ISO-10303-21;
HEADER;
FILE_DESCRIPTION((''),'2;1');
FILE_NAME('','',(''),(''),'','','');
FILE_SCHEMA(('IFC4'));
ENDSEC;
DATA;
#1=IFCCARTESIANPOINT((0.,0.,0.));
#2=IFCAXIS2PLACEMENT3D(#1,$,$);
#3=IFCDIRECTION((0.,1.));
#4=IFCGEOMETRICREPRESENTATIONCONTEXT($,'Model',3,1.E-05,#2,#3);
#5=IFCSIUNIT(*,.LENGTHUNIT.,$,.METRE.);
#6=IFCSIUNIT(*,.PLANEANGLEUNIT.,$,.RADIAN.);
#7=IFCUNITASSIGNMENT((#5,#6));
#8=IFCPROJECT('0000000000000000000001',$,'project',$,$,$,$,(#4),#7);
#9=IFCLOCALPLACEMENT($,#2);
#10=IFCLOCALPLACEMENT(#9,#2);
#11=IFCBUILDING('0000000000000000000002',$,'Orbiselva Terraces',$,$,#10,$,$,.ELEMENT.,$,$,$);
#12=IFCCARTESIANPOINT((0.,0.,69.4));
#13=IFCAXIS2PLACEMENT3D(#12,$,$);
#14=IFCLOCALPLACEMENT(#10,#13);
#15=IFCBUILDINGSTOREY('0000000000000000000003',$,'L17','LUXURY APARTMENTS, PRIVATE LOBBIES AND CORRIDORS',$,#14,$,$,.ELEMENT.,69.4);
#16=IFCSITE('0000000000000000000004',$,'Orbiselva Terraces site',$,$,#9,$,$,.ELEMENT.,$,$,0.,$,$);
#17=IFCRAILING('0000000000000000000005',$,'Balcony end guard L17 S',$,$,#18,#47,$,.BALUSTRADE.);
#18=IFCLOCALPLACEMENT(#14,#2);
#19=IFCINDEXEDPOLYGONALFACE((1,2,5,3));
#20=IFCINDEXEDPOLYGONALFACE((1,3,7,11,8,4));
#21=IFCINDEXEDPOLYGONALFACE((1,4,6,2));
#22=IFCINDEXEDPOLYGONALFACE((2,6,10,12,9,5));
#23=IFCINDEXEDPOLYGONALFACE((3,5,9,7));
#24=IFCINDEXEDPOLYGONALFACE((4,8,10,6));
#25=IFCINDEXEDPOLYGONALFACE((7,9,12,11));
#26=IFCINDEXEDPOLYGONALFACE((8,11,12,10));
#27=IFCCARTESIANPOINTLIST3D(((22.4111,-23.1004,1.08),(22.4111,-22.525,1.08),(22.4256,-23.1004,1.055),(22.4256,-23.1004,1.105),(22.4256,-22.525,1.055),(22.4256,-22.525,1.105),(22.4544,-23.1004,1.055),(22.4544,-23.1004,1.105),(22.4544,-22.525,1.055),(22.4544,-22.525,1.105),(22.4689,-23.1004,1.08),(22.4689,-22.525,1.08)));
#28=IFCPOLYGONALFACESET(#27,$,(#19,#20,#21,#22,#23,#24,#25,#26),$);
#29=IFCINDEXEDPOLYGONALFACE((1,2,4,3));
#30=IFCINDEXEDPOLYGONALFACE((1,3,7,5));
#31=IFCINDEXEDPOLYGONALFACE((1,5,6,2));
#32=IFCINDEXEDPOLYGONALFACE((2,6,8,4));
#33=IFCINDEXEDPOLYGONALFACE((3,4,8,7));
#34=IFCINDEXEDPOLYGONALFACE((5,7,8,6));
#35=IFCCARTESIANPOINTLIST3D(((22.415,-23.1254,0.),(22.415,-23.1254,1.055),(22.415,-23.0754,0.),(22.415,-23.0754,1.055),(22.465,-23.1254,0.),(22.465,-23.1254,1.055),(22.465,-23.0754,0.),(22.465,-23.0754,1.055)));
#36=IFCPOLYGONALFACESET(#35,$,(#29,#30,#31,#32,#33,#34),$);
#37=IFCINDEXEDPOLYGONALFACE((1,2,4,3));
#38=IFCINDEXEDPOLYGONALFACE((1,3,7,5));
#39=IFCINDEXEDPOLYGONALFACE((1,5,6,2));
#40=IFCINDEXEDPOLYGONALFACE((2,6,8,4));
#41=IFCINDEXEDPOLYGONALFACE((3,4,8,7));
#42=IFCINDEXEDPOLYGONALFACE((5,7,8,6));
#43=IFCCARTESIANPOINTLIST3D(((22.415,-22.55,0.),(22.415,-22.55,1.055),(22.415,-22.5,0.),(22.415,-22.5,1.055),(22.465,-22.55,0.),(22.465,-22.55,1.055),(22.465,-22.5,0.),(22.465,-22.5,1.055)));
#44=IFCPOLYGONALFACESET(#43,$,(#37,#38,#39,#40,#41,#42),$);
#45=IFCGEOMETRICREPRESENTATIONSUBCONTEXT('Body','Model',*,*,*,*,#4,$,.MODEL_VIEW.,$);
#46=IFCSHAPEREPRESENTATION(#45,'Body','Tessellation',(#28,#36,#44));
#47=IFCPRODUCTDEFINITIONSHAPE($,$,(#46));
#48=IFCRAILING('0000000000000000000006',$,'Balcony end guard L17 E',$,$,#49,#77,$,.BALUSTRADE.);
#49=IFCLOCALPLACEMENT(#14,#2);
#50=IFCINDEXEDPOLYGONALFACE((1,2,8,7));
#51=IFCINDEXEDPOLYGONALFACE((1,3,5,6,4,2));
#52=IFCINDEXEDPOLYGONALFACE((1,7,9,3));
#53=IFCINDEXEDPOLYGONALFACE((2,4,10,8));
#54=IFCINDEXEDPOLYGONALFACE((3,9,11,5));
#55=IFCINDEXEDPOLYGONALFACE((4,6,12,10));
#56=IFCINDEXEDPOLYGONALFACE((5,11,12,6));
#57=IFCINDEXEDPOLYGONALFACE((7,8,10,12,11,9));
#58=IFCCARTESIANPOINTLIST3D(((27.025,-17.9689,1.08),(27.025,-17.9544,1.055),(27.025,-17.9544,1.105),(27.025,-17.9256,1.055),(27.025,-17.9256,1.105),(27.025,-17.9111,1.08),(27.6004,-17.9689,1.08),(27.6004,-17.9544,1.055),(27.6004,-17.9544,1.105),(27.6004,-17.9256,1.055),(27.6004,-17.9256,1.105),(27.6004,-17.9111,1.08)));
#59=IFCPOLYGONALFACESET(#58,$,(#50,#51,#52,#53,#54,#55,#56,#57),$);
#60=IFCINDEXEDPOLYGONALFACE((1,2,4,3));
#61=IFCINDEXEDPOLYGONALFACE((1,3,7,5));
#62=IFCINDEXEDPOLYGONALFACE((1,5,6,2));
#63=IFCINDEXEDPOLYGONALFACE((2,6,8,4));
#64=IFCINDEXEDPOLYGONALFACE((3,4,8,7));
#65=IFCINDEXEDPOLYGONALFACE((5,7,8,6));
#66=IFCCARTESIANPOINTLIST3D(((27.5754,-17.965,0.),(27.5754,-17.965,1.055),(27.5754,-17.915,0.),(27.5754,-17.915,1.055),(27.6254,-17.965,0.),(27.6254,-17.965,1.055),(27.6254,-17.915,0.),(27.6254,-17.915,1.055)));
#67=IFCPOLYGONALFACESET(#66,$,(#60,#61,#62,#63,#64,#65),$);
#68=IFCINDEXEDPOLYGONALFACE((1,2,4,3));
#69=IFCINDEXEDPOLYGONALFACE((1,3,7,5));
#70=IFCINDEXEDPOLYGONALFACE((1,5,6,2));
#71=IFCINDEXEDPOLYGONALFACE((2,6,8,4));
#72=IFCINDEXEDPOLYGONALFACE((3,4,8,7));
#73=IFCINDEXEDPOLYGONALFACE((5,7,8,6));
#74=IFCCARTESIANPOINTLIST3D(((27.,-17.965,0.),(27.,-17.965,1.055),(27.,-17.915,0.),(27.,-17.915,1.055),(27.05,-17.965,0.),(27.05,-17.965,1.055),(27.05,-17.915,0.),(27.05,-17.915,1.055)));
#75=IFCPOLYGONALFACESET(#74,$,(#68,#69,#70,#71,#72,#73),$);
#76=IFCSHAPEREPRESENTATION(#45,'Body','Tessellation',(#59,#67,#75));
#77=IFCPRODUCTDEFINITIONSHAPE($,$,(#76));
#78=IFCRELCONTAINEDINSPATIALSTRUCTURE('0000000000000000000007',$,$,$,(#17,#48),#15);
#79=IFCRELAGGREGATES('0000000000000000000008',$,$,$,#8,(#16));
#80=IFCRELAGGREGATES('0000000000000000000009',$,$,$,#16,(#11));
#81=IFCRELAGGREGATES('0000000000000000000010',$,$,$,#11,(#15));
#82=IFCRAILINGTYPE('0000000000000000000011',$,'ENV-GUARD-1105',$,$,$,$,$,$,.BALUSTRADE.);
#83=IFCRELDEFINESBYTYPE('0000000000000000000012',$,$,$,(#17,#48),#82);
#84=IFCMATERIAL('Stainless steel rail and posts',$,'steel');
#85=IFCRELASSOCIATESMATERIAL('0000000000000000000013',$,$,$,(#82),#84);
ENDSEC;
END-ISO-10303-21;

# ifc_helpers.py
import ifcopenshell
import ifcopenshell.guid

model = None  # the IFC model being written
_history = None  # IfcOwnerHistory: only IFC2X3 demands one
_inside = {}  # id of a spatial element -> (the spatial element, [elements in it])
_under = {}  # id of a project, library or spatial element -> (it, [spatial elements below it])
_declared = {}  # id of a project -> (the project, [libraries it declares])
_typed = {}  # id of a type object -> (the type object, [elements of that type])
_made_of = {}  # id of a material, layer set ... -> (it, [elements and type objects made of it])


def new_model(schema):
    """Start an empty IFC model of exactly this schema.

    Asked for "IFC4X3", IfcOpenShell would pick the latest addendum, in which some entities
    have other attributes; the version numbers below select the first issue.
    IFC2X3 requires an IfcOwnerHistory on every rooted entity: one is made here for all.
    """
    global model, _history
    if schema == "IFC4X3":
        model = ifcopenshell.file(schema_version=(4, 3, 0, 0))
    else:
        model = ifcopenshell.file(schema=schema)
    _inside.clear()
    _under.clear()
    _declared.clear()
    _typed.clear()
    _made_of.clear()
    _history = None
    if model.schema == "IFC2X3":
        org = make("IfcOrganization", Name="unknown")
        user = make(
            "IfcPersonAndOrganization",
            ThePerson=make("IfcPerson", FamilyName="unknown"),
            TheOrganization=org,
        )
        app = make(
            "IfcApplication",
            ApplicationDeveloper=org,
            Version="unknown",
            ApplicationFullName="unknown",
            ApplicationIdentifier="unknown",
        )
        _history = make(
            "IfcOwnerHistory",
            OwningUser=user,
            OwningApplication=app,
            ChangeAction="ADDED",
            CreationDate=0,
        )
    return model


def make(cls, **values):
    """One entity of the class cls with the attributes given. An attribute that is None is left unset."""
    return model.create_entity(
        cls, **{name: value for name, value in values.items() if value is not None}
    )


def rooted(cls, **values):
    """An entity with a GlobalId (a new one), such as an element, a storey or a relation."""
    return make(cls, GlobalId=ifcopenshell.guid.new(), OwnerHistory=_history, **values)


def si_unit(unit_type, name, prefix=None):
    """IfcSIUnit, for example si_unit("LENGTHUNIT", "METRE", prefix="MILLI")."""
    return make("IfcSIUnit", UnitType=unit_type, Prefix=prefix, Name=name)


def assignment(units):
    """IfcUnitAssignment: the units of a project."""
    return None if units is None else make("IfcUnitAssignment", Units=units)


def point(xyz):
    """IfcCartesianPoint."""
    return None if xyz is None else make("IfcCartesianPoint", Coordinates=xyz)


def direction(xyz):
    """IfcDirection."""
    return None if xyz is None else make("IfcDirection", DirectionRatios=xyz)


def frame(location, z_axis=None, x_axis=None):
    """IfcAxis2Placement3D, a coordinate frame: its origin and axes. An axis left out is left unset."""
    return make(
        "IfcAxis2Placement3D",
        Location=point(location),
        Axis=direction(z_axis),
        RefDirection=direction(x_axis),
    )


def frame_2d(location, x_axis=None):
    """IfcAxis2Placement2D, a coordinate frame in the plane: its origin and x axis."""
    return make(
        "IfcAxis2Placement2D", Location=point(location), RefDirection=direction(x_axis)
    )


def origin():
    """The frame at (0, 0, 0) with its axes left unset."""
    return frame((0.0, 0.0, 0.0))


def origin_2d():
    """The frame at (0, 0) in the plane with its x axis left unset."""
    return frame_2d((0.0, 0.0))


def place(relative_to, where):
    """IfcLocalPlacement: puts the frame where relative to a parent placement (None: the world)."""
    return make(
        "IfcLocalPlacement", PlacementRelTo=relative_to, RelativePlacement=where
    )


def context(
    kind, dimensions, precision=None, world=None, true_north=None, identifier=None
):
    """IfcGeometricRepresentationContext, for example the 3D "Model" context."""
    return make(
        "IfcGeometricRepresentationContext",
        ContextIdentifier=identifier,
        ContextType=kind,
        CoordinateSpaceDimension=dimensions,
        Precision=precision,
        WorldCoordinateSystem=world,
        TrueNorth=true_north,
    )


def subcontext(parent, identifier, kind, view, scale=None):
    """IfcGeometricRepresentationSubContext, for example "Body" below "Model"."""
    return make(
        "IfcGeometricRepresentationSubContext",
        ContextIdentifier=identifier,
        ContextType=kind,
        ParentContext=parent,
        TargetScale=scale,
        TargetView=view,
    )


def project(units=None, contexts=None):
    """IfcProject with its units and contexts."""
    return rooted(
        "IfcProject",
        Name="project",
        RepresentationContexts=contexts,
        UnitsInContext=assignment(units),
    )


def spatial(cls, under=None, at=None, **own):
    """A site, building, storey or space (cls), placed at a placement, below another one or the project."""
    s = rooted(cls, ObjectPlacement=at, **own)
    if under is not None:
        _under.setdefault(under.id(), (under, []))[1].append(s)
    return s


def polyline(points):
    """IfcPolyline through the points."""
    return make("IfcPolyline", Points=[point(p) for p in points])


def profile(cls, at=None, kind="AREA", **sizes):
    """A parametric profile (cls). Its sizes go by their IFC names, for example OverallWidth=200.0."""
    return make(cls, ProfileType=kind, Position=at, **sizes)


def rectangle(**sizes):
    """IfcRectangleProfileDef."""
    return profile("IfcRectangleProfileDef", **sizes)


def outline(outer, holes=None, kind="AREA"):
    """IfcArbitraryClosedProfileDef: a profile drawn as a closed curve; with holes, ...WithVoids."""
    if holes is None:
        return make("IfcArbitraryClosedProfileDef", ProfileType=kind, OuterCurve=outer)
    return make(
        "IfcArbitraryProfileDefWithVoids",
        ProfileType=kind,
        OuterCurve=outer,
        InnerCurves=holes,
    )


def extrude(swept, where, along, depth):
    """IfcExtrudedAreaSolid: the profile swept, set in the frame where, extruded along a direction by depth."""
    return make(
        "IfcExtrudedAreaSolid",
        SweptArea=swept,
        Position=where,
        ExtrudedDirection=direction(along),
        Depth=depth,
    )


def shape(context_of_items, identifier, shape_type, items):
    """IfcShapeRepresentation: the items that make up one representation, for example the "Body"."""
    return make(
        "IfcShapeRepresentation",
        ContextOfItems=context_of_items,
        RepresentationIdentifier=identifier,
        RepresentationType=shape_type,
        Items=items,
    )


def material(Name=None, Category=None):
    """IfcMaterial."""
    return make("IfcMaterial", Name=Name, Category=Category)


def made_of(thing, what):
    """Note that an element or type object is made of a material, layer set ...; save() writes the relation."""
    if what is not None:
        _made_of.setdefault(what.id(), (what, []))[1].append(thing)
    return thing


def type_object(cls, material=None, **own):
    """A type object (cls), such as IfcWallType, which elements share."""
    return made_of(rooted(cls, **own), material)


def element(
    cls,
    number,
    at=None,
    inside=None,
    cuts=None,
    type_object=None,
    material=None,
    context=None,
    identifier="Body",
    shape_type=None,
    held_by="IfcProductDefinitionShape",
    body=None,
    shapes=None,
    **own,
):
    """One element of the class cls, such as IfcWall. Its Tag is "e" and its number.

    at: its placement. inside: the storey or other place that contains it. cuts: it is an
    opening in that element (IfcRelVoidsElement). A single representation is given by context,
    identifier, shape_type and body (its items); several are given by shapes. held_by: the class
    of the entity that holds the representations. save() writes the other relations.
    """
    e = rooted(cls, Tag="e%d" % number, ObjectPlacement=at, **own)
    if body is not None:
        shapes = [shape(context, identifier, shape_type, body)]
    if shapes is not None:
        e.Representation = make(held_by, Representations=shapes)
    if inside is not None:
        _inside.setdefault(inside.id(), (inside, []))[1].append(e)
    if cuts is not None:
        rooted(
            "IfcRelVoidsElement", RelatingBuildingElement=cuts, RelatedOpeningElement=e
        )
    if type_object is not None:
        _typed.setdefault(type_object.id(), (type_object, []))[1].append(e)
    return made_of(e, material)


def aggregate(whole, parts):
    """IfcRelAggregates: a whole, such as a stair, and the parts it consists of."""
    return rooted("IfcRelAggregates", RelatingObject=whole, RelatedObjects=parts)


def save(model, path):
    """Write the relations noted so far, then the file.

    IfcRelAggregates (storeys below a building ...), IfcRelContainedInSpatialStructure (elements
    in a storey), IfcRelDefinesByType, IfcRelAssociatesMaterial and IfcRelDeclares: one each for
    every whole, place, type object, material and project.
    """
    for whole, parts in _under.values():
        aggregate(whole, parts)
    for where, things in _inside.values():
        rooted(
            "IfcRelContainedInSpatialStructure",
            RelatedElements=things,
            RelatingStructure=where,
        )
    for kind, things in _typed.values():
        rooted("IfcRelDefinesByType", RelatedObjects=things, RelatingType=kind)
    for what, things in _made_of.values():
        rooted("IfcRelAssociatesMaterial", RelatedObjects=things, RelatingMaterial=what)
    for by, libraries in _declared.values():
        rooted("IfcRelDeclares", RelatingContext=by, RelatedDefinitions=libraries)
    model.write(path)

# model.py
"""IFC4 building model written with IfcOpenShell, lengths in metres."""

from ifc_helpers import new_model, si_unit, direction, frame, origin, origin_2d, place, context, subcontext, project, spatial, polyline, rectangle, outline, extrude, material, type_object, element, save


model = new_model("IFC4")

# Units and contexts
model_context = context("Model", 3, precision=1e-05, world=origin(), true_north=direction((0.0, 1.0)))
body_context = subcontext(model_context, "Body", "Model", "MODEL_VIEW")
ifc_project = project(units=[si_unit("LENGTHUNIT", "METRE"), si_unit("PLANEANGLEUNIT", "RADIAN")], contexts=[model_context])

# Site, building, storey
site_placement = place(None, origin())
site = spatial("IfcSite", under=ifc_project, at=site_placement, Name="Orbiselva Terraces site", CompositionType="ELEMENT", RefElevation=0.0)
building_placement = place(site_placement, origin())
building = spatial("IfcBuilding", under=site, at=building_placement, Name="Orbiselva Terraces", CompositionType="ELEMENT")
storey_placement = place(building_placement, frame((0.0, 0.0, 69.4)))
storey = spatial("IfcBuildingStorey", under=building, at=storey_placement, Name="L17", Description="LUXURY APARTMENTS, PRIVATE LOBBIES AND CORRIDORS", CompositionType="ELEMENT", Elevation=69.4)

# Railings
ifc_material_1 = material(Name="Stainless steel rail and posts", Category="steel")
railing_type_1 = type_object("IfcRailingType", Name="ENV-GUARD-1105", PredefinedType="BALUSTRADE", material=ifc_material_1)
railing_1_placement = place(storey_placement, frame((22.44, -23.1004, 0.0)))
element("IfcRailing", 1, at=railing_1_placement, inside=storey, type_object=railing_type_1, Name="Balcony end guard L17 S", PredefinedType="BALUSTRADE", context=body_context, shape_type="SweptSolid", body=[
    extrude(outline(polyline([(0.0289, 0.0), (0.0144, 0.025), (-0.0144, 0.025), (-0.0289, 0.0), (-0.0144, -0.025), (0.0144, -0.025), (0.0289, 0.0)])), frame((0.0, 0.0, 1.08), z_axis=(0.0, 1.0, 0.0), x_axis=(-1.0, 0.0, 0.0)), (0.0, 0.0, 1.0), 0.5754),
    extrude(rectangle(XDim=0.05, YDim=0.05, at=origin_2d()), origin(), (0.0, 0.0, 1.0), 1.055),
    extrude(rectangle(XDim=0.05, YDim=0.05, at=origin_2d()), frame((0.0, 0.5754, 0.0)), (0.0, 0.0, 1.0), 1.055),
])
railing_2_placement = place(storey_placement, frame((27.6004, -17.94, 0.0)))
element("IfcRailing", 2, at=railing_2_placement, inside=storey, type_object=railing_type_1, Name="Balcony end guard L17 E", PredefinedType="BALUSTRADE", context=body_context, shape_type="SweptSolid", body=[
    extrude(outline(polyline([(0.0289, 0.0), (0.0144, 0.025), (-0.0144, 0.025), (-0.0289, 0.0), (-0.0144, -0.025), (0.0144, -0.025), (0.0289, 0.0)])), frame((0.0, 0.0, 1.08), z_axis=(-1.0, 0.0, 0.0), x_axis=(0.0, -1.0, 0.0)), (0.0, 0.0, 1.0), 0.5754),
    extrude(rectangle(XDim=0.05, YDim=0.05, at=origin_2d()), origin(), (0.0, 0.0, 1.0), 1.055),
    extrude(rectangle(XDim=0.05, YDim=0.05, at=origin_2d()), frame((-0.5754, 0.0, 0.0)), (0.0, 0.0, 1.0), 1.055),
])

save(model, "model.ifc")
